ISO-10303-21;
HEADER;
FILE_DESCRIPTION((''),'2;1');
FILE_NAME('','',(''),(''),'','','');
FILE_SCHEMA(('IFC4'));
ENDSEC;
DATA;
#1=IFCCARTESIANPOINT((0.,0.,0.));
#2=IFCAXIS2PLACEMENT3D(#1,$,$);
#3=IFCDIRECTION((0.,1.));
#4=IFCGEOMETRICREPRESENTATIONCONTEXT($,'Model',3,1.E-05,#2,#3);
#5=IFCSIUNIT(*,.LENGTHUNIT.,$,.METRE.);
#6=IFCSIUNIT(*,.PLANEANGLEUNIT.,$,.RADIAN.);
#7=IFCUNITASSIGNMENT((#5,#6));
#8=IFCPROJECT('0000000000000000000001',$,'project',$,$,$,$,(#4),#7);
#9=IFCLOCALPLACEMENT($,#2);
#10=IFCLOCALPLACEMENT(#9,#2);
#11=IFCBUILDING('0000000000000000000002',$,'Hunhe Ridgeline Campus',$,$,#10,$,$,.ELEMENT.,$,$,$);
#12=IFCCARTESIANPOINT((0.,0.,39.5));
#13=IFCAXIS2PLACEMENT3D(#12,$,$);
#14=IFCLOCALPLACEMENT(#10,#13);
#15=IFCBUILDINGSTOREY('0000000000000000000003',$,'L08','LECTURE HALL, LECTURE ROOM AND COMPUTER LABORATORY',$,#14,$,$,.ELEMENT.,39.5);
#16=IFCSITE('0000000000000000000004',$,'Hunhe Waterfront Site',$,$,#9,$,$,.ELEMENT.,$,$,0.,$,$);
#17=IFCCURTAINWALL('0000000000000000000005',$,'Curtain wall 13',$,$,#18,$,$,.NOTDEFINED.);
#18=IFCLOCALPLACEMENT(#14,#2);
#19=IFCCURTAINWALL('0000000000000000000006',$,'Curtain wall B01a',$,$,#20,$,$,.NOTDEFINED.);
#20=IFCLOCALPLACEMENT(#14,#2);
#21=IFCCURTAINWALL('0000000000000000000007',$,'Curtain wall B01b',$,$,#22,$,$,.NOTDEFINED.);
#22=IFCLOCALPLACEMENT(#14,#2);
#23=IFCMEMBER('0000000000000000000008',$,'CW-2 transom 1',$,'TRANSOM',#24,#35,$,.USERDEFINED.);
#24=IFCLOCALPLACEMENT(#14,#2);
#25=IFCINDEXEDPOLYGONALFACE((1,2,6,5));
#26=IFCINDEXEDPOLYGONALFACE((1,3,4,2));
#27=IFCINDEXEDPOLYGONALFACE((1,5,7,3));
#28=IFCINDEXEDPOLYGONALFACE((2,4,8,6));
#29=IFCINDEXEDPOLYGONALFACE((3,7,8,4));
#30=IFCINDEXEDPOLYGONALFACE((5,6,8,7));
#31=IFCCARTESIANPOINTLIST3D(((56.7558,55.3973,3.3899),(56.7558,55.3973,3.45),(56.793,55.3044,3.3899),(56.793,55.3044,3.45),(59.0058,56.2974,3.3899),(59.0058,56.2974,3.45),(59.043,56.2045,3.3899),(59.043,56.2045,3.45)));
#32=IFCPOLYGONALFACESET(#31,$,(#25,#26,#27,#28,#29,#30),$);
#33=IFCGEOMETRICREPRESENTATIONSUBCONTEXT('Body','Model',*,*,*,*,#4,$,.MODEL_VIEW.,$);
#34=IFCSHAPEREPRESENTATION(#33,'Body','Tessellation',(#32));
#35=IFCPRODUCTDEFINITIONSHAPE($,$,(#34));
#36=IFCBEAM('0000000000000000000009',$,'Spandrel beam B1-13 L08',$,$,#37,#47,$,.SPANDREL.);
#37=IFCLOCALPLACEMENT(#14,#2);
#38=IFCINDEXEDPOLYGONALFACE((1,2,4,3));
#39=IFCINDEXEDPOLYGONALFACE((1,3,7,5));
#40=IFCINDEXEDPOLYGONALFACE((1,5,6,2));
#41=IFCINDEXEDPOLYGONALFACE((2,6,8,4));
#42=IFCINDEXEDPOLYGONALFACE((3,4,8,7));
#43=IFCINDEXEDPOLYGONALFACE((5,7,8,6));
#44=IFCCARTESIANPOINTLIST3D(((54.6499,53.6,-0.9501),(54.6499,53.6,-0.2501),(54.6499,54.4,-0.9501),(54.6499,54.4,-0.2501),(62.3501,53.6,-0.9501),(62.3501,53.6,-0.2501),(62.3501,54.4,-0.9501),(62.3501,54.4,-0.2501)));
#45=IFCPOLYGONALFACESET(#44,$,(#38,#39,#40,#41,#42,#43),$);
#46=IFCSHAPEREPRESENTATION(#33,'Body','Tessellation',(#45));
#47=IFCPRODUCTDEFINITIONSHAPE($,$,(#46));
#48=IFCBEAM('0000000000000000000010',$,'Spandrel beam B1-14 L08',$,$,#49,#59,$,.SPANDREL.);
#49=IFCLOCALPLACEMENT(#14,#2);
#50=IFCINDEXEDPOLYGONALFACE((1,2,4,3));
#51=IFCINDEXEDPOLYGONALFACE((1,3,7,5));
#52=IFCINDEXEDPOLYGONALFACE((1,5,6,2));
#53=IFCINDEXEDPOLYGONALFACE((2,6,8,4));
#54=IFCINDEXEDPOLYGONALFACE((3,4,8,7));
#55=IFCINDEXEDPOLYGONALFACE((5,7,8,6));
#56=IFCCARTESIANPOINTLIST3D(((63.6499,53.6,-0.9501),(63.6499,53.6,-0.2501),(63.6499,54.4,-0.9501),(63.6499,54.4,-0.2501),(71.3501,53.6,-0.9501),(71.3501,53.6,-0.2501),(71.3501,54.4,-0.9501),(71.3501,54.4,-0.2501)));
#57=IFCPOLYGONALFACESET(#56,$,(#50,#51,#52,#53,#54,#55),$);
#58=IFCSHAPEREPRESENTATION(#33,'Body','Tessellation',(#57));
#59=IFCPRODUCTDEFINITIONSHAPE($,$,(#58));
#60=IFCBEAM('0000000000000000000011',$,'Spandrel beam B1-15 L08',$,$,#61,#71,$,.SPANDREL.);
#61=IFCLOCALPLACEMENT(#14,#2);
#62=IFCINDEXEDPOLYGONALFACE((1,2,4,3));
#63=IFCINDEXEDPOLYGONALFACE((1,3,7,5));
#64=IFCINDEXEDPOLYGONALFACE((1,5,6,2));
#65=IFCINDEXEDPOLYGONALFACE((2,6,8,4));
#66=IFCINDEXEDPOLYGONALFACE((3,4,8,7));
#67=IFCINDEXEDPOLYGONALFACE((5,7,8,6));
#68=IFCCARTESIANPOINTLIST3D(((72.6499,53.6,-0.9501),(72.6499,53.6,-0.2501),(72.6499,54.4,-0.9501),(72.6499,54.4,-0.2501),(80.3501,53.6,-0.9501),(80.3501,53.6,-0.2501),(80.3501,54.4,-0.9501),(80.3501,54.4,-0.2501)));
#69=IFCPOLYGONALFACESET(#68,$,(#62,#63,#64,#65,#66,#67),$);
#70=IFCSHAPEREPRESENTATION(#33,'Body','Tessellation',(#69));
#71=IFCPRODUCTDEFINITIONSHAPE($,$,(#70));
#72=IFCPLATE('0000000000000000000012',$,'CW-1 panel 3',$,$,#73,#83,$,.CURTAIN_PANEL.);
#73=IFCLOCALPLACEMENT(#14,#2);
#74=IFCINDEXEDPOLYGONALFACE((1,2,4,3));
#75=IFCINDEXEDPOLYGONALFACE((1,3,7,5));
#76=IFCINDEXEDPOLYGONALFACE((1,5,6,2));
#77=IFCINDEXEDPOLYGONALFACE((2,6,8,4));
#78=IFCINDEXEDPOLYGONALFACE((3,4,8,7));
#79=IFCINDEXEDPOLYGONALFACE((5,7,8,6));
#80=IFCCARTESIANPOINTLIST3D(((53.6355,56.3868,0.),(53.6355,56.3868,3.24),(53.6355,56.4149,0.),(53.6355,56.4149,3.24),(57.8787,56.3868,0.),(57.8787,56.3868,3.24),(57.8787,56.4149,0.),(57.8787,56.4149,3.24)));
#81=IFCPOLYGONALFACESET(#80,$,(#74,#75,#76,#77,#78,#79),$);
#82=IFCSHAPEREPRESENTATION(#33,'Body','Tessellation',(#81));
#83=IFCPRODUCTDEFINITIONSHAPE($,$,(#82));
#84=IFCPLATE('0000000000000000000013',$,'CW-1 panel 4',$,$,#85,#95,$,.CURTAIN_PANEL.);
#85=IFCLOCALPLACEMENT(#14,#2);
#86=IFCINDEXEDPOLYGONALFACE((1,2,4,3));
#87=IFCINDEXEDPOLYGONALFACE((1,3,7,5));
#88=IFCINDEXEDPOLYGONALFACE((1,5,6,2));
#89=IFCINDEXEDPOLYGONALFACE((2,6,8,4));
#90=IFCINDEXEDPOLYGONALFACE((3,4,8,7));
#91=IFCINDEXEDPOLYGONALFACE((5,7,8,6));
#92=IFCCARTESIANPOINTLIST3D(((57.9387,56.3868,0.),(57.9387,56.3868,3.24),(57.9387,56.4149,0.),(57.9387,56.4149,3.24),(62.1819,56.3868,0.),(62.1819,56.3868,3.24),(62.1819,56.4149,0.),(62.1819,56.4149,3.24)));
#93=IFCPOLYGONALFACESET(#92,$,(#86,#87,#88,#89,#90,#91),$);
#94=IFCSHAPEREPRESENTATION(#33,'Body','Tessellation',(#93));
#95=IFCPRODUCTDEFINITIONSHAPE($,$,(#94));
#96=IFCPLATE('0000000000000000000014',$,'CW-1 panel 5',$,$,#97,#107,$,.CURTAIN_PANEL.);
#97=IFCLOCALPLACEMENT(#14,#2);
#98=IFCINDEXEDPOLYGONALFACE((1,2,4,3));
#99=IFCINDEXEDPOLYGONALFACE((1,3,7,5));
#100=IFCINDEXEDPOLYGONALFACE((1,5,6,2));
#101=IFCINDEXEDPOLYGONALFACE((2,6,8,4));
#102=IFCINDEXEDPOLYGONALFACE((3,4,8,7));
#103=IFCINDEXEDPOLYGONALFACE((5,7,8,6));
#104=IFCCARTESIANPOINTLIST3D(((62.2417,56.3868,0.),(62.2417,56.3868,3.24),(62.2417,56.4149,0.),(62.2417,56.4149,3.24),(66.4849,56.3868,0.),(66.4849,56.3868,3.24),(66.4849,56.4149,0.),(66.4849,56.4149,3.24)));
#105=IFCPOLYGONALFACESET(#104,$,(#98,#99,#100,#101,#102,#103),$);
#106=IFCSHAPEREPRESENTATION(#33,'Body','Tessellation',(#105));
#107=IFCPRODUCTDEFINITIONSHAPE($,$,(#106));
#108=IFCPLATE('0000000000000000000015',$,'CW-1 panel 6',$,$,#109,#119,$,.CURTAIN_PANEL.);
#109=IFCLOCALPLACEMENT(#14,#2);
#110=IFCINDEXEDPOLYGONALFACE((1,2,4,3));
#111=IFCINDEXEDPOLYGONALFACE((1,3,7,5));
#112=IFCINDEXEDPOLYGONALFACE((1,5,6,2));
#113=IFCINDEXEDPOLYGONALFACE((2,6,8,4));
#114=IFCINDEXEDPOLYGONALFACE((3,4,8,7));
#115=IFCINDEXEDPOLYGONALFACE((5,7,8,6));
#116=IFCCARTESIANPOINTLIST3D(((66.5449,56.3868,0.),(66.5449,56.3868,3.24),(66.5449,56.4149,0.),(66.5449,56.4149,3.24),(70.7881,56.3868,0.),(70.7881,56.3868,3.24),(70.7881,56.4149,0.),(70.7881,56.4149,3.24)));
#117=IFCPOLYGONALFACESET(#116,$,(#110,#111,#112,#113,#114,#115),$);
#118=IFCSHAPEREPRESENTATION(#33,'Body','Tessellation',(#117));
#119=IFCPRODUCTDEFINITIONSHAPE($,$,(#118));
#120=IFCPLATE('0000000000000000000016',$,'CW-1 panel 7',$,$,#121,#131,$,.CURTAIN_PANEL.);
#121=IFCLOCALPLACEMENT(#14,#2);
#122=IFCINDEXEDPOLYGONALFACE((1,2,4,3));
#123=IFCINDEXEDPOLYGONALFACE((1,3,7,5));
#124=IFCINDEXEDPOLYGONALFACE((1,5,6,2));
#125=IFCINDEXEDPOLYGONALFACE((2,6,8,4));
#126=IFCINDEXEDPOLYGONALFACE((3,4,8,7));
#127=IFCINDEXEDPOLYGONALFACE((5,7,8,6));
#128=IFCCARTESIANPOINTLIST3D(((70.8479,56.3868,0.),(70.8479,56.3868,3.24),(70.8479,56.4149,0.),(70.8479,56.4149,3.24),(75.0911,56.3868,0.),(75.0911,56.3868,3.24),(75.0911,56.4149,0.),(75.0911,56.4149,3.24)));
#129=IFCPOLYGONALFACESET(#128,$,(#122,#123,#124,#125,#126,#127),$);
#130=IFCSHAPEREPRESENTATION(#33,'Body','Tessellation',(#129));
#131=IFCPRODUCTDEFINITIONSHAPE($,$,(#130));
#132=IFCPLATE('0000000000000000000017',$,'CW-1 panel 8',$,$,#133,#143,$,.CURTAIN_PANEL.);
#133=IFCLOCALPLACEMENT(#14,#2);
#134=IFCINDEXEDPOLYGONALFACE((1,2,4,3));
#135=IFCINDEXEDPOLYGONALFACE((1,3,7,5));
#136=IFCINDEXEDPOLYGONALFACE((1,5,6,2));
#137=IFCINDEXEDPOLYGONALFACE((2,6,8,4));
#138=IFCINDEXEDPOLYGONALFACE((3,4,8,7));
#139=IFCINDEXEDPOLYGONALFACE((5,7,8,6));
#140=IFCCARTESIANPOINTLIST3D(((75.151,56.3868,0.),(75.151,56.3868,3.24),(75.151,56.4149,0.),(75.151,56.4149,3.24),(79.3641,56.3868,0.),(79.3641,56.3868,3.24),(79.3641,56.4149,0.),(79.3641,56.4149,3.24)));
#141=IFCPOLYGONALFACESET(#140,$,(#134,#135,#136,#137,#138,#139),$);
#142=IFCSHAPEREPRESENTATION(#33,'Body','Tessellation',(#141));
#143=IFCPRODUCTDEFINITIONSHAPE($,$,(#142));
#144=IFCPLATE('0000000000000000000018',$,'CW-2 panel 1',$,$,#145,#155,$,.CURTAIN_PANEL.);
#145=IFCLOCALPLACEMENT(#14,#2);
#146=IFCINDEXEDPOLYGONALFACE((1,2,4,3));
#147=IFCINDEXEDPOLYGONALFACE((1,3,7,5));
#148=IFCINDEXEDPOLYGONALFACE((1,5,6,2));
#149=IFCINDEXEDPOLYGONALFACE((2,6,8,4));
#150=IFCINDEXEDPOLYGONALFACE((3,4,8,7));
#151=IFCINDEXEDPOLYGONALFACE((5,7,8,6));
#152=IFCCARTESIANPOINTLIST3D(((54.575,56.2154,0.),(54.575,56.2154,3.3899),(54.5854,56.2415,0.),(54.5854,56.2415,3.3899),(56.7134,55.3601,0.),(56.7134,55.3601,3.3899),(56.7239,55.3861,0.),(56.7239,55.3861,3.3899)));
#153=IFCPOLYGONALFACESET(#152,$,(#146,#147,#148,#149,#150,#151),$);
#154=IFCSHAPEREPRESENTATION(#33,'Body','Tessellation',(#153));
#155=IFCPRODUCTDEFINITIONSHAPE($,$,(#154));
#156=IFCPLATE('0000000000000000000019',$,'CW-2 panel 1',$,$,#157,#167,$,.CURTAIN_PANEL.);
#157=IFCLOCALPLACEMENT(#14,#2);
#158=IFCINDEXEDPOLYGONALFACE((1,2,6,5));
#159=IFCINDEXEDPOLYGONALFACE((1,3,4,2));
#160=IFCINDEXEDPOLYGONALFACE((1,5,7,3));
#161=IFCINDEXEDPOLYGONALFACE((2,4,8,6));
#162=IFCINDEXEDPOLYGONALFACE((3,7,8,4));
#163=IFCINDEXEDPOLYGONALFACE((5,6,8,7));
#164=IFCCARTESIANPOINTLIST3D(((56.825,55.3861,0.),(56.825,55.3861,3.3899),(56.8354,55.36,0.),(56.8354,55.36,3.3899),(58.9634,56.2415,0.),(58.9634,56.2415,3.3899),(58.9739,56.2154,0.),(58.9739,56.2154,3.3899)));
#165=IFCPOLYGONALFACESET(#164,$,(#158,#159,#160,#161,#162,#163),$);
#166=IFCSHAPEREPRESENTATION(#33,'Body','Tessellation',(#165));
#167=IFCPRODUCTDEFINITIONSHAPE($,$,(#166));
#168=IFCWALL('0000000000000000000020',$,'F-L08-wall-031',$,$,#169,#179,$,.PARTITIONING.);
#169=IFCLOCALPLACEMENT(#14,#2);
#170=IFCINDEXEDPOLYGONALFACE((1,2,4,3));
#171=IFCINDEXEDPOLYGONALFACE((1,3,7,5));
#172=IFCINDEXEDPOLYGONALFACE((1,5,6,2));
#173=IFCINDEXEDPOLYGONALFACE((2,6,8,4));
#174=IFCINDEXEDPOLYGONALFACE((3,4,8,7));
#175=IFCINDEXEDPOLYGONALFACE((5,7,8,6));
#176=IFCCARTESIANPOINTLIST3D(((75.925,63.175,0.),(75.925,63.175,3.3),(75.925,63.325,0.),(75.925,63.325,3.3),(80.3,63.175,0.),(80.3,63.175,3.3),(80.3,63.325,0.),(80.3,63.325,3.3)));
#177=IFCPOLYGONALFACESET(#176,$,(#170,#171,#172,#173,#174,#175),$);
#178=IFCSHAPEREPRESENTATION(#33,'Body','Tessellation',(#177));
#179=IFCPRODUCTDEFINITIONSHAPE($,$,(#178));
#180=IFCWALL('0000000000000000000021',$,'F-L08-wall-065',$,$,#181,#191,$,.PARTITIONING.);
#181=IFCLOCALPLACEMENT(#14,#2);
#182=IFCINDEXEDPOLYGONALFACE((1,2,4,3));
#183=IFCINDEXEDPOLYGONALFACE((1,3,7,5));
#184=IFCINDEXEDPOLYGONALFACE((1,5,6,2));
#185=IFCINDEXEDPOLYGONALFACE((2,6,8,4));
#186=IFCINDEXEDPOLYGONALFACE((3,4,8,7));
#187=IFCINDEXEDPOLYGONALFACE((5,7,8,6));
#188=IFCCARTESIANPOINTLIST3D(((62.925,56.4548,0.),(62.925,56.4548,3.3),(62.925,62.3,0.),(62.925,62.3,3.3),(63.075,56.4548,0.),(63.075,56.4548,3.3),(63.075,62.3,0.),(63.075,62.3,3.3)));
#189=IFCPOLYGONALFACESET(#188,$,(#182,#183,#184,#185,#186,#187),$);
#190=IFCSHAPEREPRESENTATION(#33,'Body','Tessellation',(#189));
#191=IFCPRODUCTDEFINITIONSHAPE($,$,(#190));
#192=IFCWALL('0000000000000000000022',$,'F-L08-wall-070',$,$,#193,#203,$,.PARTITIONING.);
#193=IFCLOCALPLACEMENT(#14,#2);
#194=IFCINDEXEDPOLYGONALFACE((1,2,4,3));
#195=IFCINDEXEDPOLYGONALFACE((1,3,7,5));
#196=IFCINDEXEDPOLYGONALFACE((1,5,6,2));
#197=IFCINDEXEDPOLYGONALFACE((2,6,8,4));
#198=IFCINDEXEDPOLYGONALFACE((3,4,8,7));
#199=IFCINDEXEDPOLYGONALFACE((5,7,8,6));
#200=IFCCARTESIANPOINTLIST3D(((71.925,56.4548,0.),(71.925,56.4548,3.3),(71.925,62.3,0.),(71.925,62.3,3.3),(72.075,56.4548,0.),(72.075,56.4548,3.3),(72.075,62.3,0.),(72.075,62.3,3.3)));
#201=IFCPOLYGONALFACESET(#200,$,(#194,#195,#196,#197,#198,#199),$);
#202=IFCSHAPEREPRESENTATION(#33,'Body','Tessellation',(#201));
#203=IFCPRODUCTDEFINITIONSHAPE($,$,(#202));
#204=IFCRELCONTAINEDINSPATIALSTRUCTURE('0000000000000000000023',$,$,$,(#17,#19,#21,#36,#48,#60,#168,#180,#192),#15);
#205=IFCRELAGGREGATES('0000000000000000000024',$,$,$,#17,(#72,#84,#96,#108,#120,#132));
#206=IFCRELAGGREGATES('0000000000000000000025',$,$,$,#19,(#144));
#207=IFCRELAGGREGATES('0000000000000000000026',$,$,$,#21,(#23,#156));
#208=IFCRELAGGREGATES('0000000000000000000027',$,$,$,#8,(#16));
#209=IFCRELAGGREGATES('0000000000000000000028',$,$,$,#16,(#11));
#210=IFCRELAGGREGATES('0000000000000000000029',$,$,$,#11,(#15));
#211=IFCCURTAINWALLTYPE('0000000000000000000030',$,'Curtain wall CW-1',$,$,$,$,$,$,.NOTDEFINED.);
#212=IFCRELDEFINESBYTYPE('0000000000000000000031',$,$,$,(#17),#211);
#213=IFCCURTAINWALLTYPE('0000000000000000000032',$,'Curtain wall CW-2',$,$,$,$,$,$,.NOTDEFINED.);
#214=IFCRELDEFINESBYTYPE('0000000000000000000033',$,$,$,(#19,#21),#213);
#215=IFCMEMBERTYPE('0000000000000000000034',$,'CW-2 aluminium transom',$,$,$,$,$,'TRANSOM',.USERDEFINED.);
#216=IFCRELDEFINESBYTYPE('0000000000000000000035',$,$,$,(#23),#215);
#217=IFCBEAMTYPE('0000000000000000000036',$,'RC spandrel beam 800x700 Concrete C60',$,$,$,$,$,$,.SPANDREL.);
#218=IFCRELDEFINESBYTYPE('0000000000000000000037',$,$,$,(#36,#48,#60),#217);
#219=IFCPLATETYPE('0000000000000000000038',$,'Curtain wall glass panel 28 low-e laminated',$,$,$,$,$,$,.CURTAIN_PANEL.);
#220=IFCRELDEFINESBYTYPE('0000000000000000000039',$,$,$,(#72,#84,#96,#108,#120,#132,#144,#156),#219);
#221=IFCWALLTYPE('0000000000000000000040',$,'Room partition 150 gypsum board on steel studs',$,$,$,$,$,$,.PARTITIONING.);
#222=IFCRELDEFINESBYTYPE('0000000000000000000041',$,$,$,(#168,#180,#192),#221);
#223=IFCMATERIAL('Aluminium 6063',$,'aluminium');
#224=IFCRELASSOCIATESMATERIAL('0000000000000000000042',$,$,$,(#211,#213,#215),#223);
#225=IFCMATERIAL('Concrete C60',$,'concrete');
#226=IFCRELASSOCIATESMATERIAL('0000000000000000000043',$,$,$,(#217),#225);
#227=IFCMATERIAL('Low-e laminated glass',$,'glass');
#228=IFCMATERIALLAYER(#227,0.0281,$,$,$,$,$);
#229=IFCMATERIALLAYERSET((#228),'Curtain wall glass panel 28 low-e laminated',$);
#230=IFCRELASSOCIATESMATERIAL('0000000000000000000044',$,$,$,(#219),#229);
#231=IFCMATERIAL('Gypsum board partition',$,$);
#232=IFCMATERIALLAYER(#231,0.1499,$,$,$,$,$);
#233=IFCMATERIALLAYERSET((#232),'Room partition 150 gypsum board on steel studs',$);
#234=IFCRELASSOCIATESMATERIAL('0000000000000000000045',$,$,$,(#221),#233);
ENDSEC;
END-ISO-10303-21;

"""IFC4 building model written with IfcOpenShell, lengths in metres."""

from ifc_helpers import new_model, si_unit, direction, frame, frame_2d, origin, origin_2d, place, context, subcontext, project, spatial, rectangle, extrude, material, layer, layer_set, material_profile, profile_set, type_object, element, aggregate, save


model = new_model("IFC4")

# Units and contexts
model_context = context("Model", 3, precision=1e-05, world=origin(), true_north=direction((0.0, 1.0)))
body_context = subcontext(model_context, "Body", "Model", "MODEL_VIEW")
ifc_project = project(units=[si_unit("LENGTHUNIT", "METRE"), si_unit("PLANEANGLEUNIT", "RADIAN")], contexts=[model_context])

# Site, building, storey
site_placement = place(None, origin())
site = spatial("IfcSite", under=ifc_project, at=site_placement, Name="Hunhe Waterfront Site", CompositionType="ELEMENT", RefElevation=0.0)
building_placement = place(site_placement, origin())
building = spatial("IfcBuilding", under=site, at=building_placement, Name="Hunhe Ridgeline Campus", CompositionType="ELEMENT")
storey_placement = place(building_placement, frame((0.0, 0.0, 39.5)))
storey = spatial("IfcBuildingStorey", under=building, at=storey_placement, Name="L08", Description="LECTURE HALL, LECTURE ROOM AND COMPUTER LABORATORY", CompositionType="ELEMENT", Elevation=39.5)

# Curtain walls
ifc_material_1 = material(Name="Aluminium 6063", Category="aluminium")
curtain_wall_type_1 = type_object("IfcCurtainWallType", Name="Curtain wall CW-1", PredefinedType="NOTDEFINED", material=ifc_material_1)
curtain_wall_1_placement = place(storey_placement, origin())
curtain_wall_1 = element("IfcCurtainWall", 1, at=curtain_wall_1_placement, inside=storey, type_object=curtain_wall_type_1, Name="Curtain wall 13", PredefinedType="NOTDEFINED")
curtain_wall_type_2 = type_object("IfcCurtainWallType", Name="Curtain wall CW-2", PredefinedType="NOTDEFINED", material=ifc_material_1)
curtain_wall_2_placement = place(storey_placement, origin())
curtain_wall_2 = element("IfcCurtainWall", 2, at=curtain_wall_2_placement, inside=storey, type_object=curtain_wall_type_2, Name="Curtain wall B01a", PredefinedType="NOTDEFINED")
curtain_wall_3_placement = place(storey_placement, origin())
curtain_wall_3 = element("IfcCurtainWall", 3, at=curtain_wall_3_placement, inside=storey, type_object=curtain_wall_type_2, Name="Curtain wall B01b", PredefinedType="NOTDEFINED")

# Member
ifc_material_profile_1 = material_profile(ifc_material_1, rectangle(XDim=0.1001, YDim=0.0601, at=origin_2d()))
ifc_profile_set_1 = profile_set([ifc_material_profile_1], Name="Aluminium 6063")
member_type_1 = type_object("IfcMemberType", Name="CW-2 aluminium transom", ElementType="TRANSOM", PredefinedType="USERDEFINED", material=ifc_profile_set_1)
member_1_placement = place(storey_placement, frame((56.7744, 55.3508, 3.4199), z_axis=(0.928456, 0.371443, 0.0), x_axis=(-0.371443, 0.928456, 0.0)))
member_1 = element("IfcMember", 4, at=member_1_placement, type_object=member_type_1, Name="CW-2 transom 1", ObjectType="TRANSOM", PredefinedType="USERDEFINED", context=body_context, shape_type="SweptSolid", body=[
    extrude(rectangle(XDim=0.1001, YDim=0.0601, at=origin_2d()), origin(), (0.0, 0.0, 1.0), 2.4233),
])

# Beams
ifc_material_2 = material(Name="Concrete C60", Category="concrete")
ifc_material_profile_2 = material_profile(ifc_material_2, rectangle(XDim=0.8, YDim=0.7, at=origin_2d()))
ifc_profile_set_2 = profile_set([ifc_material_profile_2], Name="Concrete C60")
beam_type = type_object("IfcBeamType", Name="RC spandrel beam 800x700 Concrete C60", PredefinedType="SPANDREL", material=ifc_profile_set_2)
for number, where, z_axis, x_axis, name in (
    (5, (54.6499, 54.0, -0.6001), (1.0, 0.0, 0.0), (0.0, 1.0, 0.0), "Spandrel beam B1-13 L08"),
    (6, (63.6499, 54.0, -0.6001), (1.0, 0.0, 0.0), (0.0, 1.0, 0.0), "Spandrel beam B1-14 L08"),
    (7, (72.6499, 54.0, -0.6001), (1.0, 0.0, 0.0), (0.0, 1.0, 0.0), "Spandrel beam B1-15 L08"),
):
    element("IfcBeam", number, at=place(storey_placement, frame(where, z_axis=z_axis, x_axis=x_axis)), inside=storey, type_object=beam_type, Name=name, PredefinedType="SPANDREL", context=body_context, shape_type="SweptSolid", body=[
        extrude(rectangle(XDim=0.8, YDim=0.7, at=origin_2d()), origin(), (0.0, 0.0, 1.0), 7.7002),
    ])

# Plates
ifc_material_3 = material(Name="Low-e laminated glass", Category="glass")
ifc_layer_1 = layer(ifc_material_3, 0.0281)
ifc_layer_set_1 = layer_set([ifc_layer_1], Name="Curtain wall glass panel 28 low-e laminated")
plate_type = type_object("IfcPlateType", Name="Curtain wall glass panel 28 low-e laminated", PredefinedType="CURTAIN_PANEL", material=ifc_layer_set_1)
plate_1_placement = place(storey_placement, frame((55.7571, 56.4009, 0.0), z_axis=(0.0, 0.0, 1.0), x_axis=(1.0, 0.000004, 0.0)))
plate_1 = element("IfcPlate", 8, at=plate_1_placement, type_object=plate_type, Name="CW-1 panel 3", PredefinedType="CURTAIN_PANEL", context=body_context, shape_type="SweptSolid", body=[
    extrude(rectangle(XDim=4.2432, YDim=0.0281, at=origin_2d()), origin(), (0.0, 0.0, 1.0), 3.24),
])
plate_2_placement = place(storey_placement, frame((60.0603, 56.4009, 0.0), z_axis=(0.0, 0.0, 1.0), x_axis=(1.0, 0.000004, 0.0)))
plate_2 = element("IfcPlate", 9, at=plate_2_placement, type_object=plate_type, Name="CW-1 panel 4", PredefinedType="CURTAIN_PANEL", context=body_context, shape_type="SweptSolid", body=[
    extrude(rectangle(XDim=4.2432, YDim=0.0281, at=origin_2d()), origin(), (0.0, 0.0, 1.0), 3.24),
])
plate_3_placement = place(storey_placement, frame((64.3633, 56.4009, 0.0), z_axis=(0.0, 0.0, 1.0), x_axis=(1.0, 0.000004, 0.0)))
plate_3 = element("IfcPlate", 10, at=plate_3_placement, type_object=plate_type, Name="CW-1 panel 5", PredefinedType="CURTAIN_PANEL", context=body_context, shape_type="SweptSolid", body=[
    extrude(rectangle(XDim=4.2432, YDim=0.0281, at=origin_2d()), origin(), (0.0, 0.0, 1.0), 3.24),
])
plate_4_placement = place(storey_placement, frame((68.6665, 56.4009, 0.0), z_axis=(0.0, 0.0, 1.0), x_axis=(1.0, 0.000004, 0.0)))
plate_4 = element("IfcPlate", 11, at=plate_4_placement, type_object=plate_type, Name="CW-1 panel 6", PredefinedType="CURTAIN_PANEL", context=body_context, shape_type="SweptSolid", body=[
    extrude(rectangle(XDim=4.2432, YDim=0.0281, at=origin_2d()), origin(), (0.0, 0.0, 1.0), 3.24),
])
plate_5_placement = place(storey_placement, frame((72.9695, 56.4009, 0.0), z_axis=(0.0, 0.0, 1.0), x_axis=(1.0, 0.000004, 0.0)))
plate_5 = element("IfcPlate", 12, at=plate_5_placement, type_object=plate_type, Name="CW-1 panel 7", PredefinedType="CURTAIN_PANEL", context=body_context, shape_type="SweptSolid", body=[
    extrude(rectangle(XDim=4.2432, YDim=0.0281, at=origin_2d()), origin(), (0.0, 0.0, 1.0), 3.24),
])
plate_6_placement = place(storey_placement, frame((77.2576, 56.4009, 0.0), z_axis=(0.0, 0.0, 1.0), x_axis=(1.0, 0.000004, 0.0)))
plate_6 = element("IfcPlate", 13, at=plate_6_placement, type_object=plate_type, Name="CW-1 panel 8", PredefinedType="CURTAIN_PANEL", context=body_context, shape_type="SweptSolid", body=[
    extrude(rectangle(XDim=4.2131, YDim=0.0281, at=origin_2d()), origin(), (0.0, 0.0, 1.0), 3.24),
])
aggregate(curtain_wall_1, [plate_1, plate_2, plate_3, plate_4, plate_5, plate_6])
plate_7_placement = place(storey_placement, frame((55.6494, 55.8008, 0.0), z_axis=(0.0, 0.0, 1.0), x_axis=(0.928478, -0.371387, 0.0)))
plate_7 = element("IfcPlate", 14, at=plate_7_placement, type_object=plate_type, Name="CW-2 panel 1", PredefinedType="CURTAIN_PANEL", context=body_context, shape_type="SweptSolid", body=[
    extrude(rectangle(XDim=2.3032, YDim=0.0281, at=origin_2d()), origin(), (0.0, 0.0, 1.0), 3.3899),
])
aggregate(curtain_wall_2, [plate_7])
plate_8_placement = place(storey_placement, frame((57.8994, 55.8008, 0.0), z_axis=(0.0, 0.0, 1.0), x_axis=(0.928475, 0.371394, 0.0)))
plate_8 = element("IfcPlate", 15, at=plate_8_placement, type_object=plate_type, Name="CW-2 panel 1", PredefinedType="CURTAIN_PANEL", context=body_context, shape_type="SweptSolid", body=[
    extrude(rectangle(XDim=2.3032, YDim=0.0281, at=origin_2d()), origin(), (0.0, 0.0, 1.0), 3.3899),
])
aggregate(curtain_wall_3, [member_1, plate_8])

# Walls
ifc_material_4 = material(Name="Gypsum board partition")
ifc_layer_2 = layer(ifc_material_4, 0.1499)
ifc_layer_set_2 = layer_set([ifc_layer_2], Name="Room partition 150 gypsum board on steel studs")
wall_type = type_object("IfcWallType", Name="Room partition 150 gypsum board on steel studs", PredefinedType="PARTITIONING", material=ifc_layer_set_2)
wall_placement = place(storey_placement, frame((75.925, 63.25, 0.0), z_axis=(0.0, 0.0, 1.0), x_axis=(1.0, 0.0, 0.0)))
element("IfcWall", 16, at=wall_placement, inside=storey, type_object=wall_type, Name="F-L08-wall-031", PredefinedType="PARTITIONING", context=body_context, shape_type="SweptSolid", body=[
    extrude(rectangle(XDim=4.375, YDim=0.1499, at=frame_2d((2.1875, 0.0))), origin(), (0.0, 0.0, 1.0), 3.3),
])
for number, where, z_axis, x_axis, name in (
    (17, (63.0, 62.3, 0.0), (0.0, 0.0, 1.0), (0.0, -1.0, 0.0), "F-L08-wall-065"),
    (18, (72.0, 62.3, 0.0), (0.0, 0.0, 1.0), (0.0, -1.0, 0.0), "F-L08-wall-070"),
):
    element("IfcWall", number, at=place(storey_placement, frame(where, z_axis=z_axis, x_axis=x_axis)), inside=storey, type_object=wall_type, Name=name, PredefinedType="PARTITIONING", context=body_context, shape_type="SweptSolid", body=[
        extrude(rectangle(XDim=5.8452, YDim=0.1499, at=frame_2d((2.9226, 0.0))), origin(), (0.0, 0.0, 1.0), 3.3),
    ])

save(model, "model.ifc")
